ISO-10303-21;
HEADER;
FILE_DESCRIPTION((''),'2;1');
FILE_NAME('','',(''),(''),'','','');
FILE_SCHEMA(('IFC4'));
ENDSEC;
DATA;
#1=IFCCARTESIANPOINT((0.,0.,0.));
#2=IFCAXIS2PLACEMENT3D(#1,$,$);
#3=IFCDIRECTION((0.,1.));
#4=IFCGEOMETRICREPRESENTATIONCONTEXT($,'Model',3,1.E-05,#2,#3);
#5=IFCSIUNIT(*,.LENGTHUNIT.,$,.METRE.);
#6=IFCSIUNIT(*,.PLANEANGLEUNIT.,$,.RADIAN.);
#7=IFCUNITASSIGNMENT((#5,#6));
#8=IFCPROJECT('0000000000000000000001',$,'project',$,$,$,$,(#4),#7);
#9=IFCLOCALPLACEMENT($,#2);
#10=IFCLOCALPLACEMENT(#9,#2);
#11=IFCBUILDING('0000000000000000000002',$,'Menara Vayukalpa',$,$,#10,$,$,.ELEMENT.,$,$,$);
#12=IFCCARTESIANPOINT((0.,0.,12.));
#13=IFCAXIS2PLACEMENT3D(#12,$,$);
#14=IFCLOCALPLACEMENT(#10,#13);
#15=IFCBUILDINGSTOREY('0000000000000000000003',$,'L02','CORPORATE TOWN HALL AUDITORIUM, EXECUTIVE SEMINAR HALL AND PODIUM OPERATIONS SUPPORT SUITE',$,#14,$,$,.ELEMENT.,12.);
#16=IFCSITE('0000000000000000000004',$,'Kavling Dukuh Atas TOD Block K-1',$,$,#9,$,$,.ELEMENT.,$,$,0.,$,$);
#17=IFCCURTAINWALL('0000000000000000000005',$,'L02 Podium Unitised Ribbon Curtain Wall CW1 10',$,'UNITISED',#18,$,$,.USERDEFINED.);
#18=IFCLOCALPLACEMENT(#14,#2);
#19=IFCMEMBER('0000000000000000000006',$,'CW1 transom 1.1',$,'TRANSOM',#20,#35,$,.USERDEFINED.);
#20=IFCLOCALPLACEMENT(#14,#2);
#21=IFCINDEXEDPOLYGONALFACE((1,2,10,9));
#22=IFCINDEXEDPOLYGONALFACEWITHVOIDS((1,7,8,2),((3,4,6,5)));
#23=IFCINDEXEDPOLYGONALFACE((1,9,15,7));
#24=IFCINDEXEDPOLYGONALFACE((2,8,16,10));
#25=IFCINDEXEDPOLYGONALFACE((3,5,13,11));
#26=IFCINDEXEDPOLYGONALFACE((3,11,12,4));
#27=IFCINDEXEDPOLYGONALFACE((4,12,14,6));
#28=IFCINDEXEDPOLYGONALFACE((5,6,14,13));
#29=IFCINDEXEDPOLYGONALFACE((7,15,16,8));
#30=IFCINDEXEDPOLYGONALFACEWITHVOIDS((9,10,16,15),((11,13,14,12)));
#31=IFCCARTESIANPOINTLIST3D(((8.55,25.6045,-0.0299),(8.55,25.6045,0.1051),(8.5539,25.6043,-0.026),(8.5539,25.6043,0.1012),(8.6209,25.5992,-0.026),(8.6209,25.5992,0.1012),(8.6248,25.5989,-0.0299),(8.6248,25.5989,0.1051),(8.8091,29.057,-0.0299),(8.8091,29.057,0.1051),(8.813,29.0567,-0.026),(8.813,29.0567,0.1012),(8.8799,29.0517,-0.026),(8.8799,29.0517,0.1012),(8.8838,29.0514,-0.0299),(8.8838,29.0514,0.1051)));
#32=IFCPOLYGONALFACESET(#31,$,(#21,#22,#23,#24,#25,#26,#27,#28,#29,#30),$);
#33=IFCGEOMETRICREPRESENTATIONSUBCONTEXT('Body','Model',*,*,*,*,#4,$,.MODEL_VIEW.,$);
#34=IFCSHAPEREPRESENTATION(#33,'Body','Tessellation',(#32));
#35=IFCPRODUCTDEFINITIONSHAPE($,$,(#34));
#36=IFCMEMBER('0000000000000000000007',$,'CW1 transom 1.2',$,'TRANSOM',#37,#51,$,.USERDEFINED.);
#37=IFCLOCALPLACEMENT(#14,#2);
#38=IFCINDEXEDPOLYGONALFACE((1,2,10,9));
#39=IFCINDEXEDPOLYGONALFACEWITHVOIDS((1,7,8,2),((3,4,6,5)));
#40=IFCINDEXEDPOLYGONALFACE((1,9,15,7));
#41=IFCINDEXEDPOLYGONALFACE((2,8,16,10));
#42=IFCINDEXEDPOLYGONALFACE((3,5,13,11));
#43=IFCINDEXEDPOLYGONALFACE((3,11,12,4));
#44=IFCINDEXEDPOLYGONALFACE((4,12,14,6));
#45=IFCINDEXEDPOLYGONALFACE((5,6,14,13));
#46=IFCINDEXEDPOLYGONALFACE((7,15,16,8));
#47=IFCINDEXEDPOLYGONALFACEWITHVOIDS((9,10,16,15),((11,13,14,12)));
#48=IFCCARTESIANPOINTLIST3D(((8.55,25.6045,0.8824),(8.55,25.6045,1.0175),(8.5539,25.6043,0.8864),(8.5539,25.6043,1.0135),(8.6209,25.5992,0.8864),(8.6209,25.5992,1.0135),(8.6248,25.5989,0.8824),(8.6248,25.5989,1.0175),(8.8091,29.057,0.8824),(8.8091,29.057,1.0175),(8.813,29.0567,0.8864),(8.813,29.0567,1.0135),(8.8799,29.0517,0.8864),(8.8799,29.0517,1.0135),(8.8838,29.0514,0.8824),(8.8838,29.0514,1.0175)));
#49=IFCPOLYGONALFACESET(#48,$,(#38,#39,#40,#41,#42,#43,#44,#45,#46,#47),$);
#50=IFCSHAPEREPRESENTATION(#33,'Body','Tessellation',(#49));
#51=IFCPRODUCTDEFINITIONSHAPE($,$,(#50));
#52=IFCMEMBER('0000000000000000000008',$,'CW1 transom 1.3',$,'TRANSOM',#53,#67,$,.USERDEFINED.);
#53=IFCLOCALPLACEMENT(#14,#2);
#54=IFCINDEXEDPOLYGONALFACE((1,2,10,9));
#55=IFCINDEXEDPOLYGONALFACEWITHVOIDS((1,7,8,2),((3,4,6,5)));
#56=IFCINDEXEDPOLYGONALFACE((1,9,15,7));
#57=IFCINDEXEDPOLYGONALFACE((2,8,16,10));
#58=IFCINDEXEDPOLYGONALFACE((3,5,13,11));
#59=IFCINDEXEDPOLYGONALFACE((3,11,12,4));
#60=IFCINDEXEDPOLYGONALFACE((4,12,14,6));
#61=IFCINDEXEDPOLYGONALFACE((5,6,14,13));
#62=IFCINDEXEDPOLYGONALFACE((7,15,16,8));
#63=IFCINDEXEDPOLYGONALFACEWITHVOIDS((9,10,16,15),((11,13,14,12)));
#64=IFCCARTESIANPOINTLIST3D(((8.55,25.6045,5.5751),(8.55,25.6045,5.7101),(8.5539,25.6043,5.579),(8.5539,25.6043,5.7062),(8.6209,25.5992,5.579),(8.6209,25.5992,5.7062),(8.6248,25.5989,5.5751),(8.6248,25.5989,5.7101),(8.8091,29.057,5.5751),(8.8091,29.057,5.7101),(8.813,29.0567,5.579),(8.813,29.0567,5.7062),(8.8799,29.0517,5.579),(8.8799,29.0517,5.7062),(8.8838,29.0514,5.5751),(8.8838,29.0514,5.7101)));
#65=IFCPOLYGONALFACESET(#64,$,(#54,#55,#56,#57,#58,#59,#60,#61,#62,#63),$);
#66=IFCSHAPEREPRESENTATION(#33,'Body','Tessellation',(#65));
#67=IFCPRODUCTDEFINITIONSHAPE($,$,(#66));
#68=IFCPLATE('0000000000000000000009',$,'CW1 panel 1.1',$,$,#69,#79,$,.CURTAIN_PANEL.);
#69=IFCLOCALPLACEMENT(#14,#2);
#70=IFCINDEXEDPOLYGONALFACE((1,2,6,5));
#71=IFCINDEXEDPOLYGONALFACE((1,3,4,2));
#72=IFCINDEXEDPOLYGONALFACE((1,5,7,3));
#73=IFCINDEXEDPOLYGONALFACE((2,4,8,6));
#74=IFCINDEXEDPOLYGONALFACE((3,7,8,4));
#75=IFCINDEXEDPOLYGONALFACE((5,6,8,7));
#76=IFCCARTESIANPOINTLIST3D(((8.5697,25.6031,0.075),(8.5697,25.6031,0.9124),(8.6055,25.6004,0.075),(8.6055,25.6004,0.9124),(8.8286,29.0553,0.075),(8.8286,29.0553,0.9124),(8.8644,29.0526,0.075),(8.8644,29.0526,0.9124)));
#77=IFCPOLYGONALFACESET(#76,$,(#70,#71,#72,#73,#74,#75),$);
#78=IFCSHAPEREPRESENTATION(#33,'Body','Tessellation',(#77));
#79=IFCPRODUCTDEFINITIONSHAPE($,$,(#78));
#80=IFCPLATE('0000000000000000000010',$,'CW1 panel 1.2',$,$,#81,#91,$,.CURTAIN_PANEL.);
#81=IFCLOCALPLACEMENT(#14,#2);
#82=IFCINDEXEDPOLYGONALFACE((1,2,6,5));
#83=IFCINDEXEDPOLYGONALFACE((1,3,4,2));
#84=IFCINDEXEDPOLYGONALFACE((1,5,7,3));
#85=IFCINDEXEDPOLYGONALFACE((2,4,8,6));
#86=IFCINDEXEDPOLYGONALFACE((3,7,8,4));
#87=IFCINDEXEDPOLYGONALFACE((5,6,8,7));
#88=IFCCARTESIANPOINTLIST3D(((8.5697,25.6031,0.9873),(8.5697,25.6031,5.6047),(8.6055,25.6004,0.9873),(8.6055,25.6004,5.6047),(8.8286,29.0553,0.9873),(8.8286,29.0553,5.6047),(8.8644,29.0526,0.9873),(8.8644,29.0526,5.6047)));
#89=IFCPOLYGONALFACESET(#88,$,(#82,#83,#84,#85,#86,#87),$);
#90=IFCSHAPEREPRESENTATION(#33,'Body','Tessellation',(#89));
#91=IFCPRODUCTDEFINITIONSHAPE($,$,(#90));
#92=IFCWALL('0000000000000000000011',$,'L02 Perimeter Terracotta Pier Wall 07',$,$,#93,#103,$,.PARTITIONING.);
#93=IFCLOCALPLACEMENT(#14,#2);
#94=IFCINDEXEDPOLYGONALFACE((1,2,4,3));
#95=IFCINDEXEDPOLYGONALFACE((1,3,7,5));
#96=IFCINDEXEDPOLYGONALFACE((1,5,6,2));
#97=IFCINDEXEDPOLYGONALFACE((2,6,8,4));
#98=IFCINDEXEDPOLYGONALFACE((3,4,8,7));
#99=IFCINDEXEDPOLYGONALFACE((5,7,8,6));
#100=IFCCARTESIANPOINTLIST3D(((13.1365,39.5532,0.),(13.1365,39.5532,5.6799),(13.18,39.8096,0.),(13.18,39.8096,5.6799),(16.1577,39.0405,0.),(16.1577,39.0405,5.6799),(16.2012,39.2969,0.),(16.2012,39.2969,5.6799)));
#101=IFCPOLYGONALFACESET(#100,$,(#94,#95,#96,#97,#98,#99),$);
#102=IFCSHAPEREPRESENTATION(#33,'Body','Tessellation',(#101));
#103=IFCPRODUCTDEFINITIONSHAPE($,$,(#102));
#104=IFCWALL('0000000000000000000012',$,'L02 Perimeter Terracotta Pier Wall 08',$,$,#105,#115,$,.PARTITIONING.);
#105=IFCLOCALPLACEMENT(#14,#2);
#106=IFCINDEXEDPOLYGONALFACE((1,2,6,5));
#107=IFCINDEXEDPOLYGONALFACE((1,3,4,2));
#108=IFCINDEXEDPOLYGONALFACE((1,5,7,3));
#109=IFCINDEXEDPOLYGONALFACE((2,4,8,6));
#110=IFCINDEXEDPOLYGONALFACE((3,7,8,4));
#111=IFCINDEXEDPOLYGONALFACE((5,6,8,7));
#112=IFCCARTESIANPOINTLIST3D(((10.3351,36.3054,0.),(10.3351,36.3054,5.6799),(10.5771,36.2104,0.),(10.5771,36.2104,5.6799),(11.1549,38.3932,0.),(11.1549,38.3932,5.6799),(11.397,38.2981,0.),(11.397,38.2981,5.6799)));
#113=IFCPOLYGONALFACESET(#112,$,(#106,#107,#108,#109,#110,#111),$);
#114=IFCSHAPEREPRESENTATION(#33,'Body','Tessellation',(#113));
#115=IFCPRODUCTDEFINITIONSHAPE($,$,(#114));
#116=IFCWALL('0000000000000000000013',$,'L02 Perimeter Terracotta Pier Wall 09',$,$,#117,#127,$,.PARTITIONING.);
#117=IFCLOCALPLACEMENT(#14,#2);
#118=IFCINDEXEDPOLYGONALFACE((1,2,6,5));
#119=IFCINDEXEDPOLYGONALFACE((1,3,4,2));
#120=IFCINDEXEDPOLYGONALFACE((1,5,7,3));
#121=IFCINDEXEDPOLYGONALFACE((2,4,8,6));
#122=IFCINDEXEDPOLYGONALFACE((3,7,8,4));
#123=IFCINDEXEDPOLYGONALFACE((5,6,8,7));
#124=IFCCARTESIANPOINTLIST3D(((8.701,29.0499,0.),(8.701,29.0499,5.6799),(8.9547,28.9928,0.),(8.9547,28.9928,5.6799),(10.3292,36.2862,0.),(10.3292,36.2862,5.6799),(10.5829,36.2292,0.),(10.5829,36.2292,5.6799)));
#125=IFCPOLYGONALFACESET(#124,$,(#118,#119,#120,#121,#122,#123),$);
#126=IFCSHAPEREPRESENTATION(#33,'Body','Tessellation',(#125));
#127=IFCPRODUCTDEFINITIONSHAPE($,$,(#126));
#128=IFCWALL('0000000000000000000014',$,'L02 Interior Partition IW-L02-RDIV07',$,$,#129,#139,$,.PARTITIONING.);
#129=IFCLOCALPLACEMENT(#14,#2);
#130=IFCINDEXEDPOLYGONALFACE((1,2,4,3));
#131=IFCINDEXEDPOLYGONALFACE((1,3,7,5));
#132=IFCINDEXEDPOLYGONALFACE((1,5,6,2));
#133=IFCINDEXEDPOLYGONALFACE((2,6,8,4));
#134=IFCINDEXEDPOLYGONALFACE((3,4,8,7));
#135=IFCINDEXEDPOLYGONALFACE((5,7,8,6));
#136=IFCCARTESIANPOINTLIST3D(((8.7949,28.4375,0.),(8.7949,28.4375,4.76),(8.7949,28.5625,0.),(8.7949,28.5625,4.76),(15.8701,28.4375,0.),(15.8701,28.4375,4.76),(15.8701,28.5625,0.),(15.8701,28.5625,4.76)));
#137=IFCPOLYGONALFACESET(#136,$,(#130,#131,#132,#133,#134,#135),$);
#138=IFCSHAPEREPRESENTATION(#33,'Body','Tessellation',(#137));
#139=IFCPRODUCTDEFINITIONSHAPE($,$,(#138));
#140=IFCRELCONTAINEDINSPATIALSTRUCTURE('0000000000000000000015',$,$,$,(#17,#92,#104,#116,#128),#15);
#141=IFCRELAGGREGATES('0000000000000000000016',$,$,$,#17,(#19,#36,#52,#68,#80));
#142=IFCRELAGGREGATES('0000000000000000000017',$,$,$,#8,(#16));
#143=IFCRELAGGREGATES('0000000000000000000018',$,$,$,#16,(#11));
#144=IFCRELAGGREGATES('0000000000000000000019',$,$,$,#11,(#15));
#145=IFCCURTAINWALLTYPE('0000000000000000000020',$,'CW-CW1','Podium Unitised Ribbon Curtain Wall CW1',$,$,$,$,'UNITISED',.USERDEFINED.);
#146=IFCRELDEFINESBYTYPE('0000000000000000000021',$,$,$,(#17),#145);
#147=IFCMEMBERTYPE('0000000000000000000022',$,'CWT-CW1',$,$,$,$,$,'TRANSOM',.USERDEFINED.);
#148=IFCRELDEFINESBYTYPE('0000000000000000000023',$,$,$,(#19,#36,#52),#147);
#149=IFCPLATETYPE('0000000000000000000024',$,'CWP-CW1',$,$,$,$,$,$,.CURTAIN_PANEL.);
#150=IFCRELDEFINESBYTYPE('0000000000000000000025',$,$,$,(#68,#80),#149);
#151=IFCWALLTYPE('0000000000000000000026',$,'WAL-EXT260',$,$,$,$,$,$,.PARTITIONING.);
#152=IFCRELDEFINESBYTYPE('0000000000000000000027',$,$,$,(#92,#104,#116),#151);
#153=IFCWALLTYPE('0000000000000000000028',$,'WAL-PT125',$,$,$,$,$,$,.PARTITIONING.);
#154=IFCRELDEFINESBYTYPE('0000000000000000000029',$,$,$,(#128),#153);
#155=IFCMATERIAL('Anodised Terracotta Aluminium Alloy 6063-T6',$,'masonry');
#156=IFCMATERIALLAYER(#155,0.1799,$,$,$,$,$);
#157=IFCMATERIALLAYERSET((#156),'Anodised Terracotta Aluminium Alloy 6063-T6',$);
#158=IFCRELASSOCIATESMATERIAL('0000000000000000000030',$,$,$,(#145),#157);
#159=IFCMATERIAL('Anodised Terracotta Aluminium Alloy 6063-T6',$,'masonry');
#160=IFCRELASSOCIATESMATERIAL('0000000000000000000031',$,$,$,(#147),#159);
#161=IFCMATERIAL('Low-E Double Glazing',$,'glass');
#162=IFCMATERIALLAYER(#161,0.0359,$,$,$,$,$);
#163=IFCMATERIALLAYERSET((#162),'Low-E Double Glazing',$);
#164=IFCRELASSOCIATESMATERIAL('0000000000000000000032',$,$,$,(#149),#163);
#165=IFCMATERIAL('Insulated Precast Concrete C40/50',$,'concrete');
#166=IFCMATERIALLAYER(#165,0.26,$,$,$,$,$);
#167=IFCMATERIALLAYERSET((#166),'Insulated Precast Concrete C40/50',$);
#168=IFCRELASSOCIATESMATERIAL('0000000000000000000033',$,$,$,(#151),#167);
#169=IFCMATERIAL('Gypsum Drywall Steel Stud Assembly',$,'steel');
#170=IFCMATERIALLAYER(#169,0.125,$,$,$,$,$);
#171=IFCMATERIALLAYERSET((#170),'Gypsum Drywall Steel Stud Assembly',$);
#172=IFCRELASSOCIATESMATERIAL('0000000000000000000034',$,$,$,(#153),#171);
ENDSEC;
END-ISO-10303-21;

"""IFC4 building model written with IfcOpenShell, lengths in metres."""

from ifc_helpers import new_model, si_unit, direction, frame, frame_2d, origin, origin_2d, place, context, subcontext, project, spatial, rectangle, hollow_rectangle, extrude, material, layer, layer_set, material_profile, profile_set, type_object, element, aggregate, save


model = new_model("IFC4")

# Units and contexts
model_context = context("Model", 3, precision=1e-05, world=origin(), true_north=direction((0.0, 1.0)))
body_context = subcontext(model_context, "Body", "Model", "MODEL_VIEW")
ifc_project = project(units=[si_unit("LENGTHUNIT", "METRE"), si_unit("PLANEANGLEUNIT", "RADIAN")], contexts=[model_context])

# Site, building, storey
site_placement = place(None, origin())
site = spatial("IfcSite", under=ifc_project, at=site_placement, Name="Kavling Dukuh Atas TOD Block K-1", CompositionType="ELEMENT", RefElevation=0.0)
building_placement = place(site_placement, origin())
building = spatial("IfcBuilding", under=site, at=building_placement, Name="Menara Vayukalpa", CompositionType="ELEMENT")
storey_placement = place(building_placement, frame((0.0, 0.0, 12.0)))
storey = spatial("IfcBuildingStorey", under=building, at=storey_placement, Name="L02", Description="CORPORATE TOWN HALL AUDITORIUM, EXECUTIVE SEMINAR HALL AND PODIUM OPERATIONS SUPPORT SUITE", CompositionType="ELEMENT", Elevation=12.0)

# Curtain wall, members, plates
ifc_material_1 = material(Name="Anodised Terracotta Aluminium Alloy 6063-T6", Category="masonry")
ifc_layer_1 = layer(ifc_material_1, 0.1799)
ifc_layer_set_1 = layer_set([ifc_layer_1], Name="Anodised Terracotta Aluminium Alloy 6063-T6")
curtain_wall_type = type_object("IfcCurtainWallType", Name="CW-CW1", Description="Podium Unitised Ribbon Curtain Wall CW1", ElementType="UNITISED", PredefinedType="USERDEFINED", material=ifc_layer_set_1)
curtain_wall_placement = place(storey_placement, origin())
curtain_wall = element("IfcCurtainWall", 1, at=curtain_wall_placement, inside=storey, type_object=curtain_wall_type, Name="L02 Podium Unitised Ribbon Curtain Wall CW1 10", ObjectType="UNITISED", PredefinedType="USERDEFINED")
ifc_material_2 = material(Name="Anodised Terracotta Aluminium Alloy 6063-T6", Category="masonry")
ifc_material_profile_1 = material_profile(ifc_material_2, hollow_rectangle(XDim=0.075, YDim=0.135, WallThickness=0.0039, at=origin_2d()), Name="ALU 75x135x4")
ifc_profile_set_1 = profile_set([ifc_material_profile_1], Name="Anodised Terracotta Aluminium Alloy 6063-T6")
member_type_1 = type_object("IfcMemberType", Name="CWT-CW1", ElementType="TRANSOM", PredefinedType="USERDEFINED", material=ifc_profile_set_1)
member_1_placement = place(storey_placement, frame((8.8464, 29.0542, 0.0376), z_axis=(-0.07482, -0.997197, 0.0), x_axis=(0.997197, -0.07482, 0.0)))
member_1 = element("IfcMember", 2, at=member_1_placement, type_object=member_type_1, Name="CW1 transom 1.1", ObjectType="TRANSOM", PredefinedType="USERDEFINED", context=body_context, shape_type="SweptSolid", body=[
    extrude(hollow_rectangle(XDim=0.075, YDim=0.135, WallThickness=0.0039, at=origin_2d()), origin(), (0.0, 0.0, 1.0), 3.4622),
])
member_2_placement = place(storey_placement, frame((8.8464, 29.0542, 0.95), z_axis=(-0.07482, -0.997197, 0.0), x_axis=(0.997197, -0.07482, 0.0)))
member_2 = element("IfcMember", 3, at=member_2_placement, type_object=member_type_1, Name="CW1 transom 1.2", ObjectType="TRANSOM", PredefinedType="USERDEFINED", context=body_context, shape_type="SweptSolid", body=[
    extrude(hollow_rectangle(XDim=0.075, YDim=0.135, WallThickness=0.0039, at=origin_2d()), origin(), (0.0, 0.0, 1.0), 3.4622),
])
member_3_placement = place(storey_placement, frame((8.8464, 29.0542, 5.6426), z_axis=(-0.07482, -0.997197, 0.0), x_axis=(0.997197, -0.07482, 0.0)))
member_3 = element("IfcMember", 4, at=member_3_placement, type_object=member_type_1, Name="CW1 transom 1.3", ObjectType="TRANSOM", PredefinedType="USERDEFINED", context=body_context, shape_type="SweptSolid", body=[
    extrude(hollow_rectangle(XDim=0.075, YDim=0.135, WallThickness=0.0039, at=origin_2d()), origin(), (0.0, 0.0, 1.0), 3.4622),
])
ifc_material_3 = material(Name="Low-E Double Glazing", Category="glass")
ifc_layer_2 = layer(ifc_material_3, 0.0359)
ifc_layer_set_2 = layer_set([ifc_layer_2], Name="Low-E Double Glazing")
plate_type = type_object("IfcPlateType", Name="CWP-CW1", PredefinedType="CURTAIN_PANEL", material=ifc_layer_set_2)
plate_1_placement = place(storey_placement, frame((8.717, 27.3279, 0.075), z_axis=(0.0, 0.0, 1.0), x_axis=(-0.074794, -0.997199, 0.0)))
plate_1 = element("IfcPlate", 5, at=plate_1_placement, type_object=plate_type, Name="CW1 panel 1.1", PredefinedType="CURTAIN_PANEL", context=body_context, shape_type="SweptSolid", body=[
    extrude(rectangle(XDim=3.4619, YDim=0.0359, at=origin_2d()), origin(), (0.0, 0.0, 1.0), 0.8374),
])
plate_2_placement = place(storey_placement, frame((8.717, 27.3279, 0.9873), z_axis=(0.0, 0.0, 1.0), x_axis=(-0.074794, -0.997199, 0.0)))
plate_2 = element("IfcPlate", 6, at=plate_2_placement, type_object=plate_type, Name="CW1 panel 1.2", PredefinedType="CURTAIN_PANEL", context=body_context, shape_type="SweptSolid", body=[
    extrude(rectangle(XDim=3.4619, YDim=0.0359, at=origin_2d()), origin(), (0.0, 0.0, 1.0), 4.6174),
])
aggregate(curtain_wall, [member_1, member_2, member_3, plate_1, plate_2])

# Walls
ifc_material_4 = material(Name="Insulated Precast Concrete C40/50", Category="concrete")
ifc_layer_3 = layer(ifc_material_4, 0.26)
ifc_layer_set_3 = layer_set([ifc_layer_3], Name="Insulated Precast Concrete C40/50")
wall_type_1 = type_object("IfcWallType", Name="WAL-EXT260", PredefinedType="PARTITIONING", material=ifc_layer_set_3)
wall_1_placement = place(storey_placement, frame((13.1582, 39.6814, 0.0), z_axis=(0.0, 0.0, 1.0), x_axis=(0.985905, -0.167305, 0.0)))
element("IfcWall", 7, at=wall_1_placement, inside=storey, type_object=wall_type_1, Name="L02 Perimeter Terracotta Pier Wall 07", PredefinedType="PARTITIONING", context=body_context, shape_type="SweptSolid", body=[
    extrude(rectangle(XDim=3.0645, YDim=0.26, at=frame_2d((1.5322, 0.0))), origin(), (0.0, 0.0, 1.0), 5.6799),
])
wall_2_placement = place(storey_placement, frame((10.4561, 36.2578, 0.0), z_axis=(0.0, 0.0, 1.0), x_axis=(0.365528, 0.9308, 0.0)))
element("IfcWall", 8, at=wall_2_placement, inside=storey, type_object=wall_type_1, Name="L02 Perimeter Terracotta Pier Wall 08", PredefinedType="PARTITIONING", context=body_context, shape_type="SweptSolid", body=[
    extrude(rectangle(XDim=2.2429, YDim=0.26, at=frame_2d((1.1216, 0.0))), origin(), (0.0, 0.0, 1.0), 5.6799),
])
wall_3_placement = place(storey_placement, frame((8.8279, 29.0215, 0.0), z_axis=(0.0, 0.0, 1.0), x_axis=(0.219512, 0.97561, 0.0)))
element("IfcWall", 9, at=wall_3_placement, inside=storey, type_object=wall_type_1, Name="L02 Perimeter Terracotta Pier Wall 09", PredefinedType="PARTITIONING", context=body_context, shape_type="SweptSolid", body=[
    extrude(rectangle(XDim=7.4172, YDim=0.26, at=frame_2d((3.7085, 0.0))), origin(), (0.0, 0.0, 1.0), 5.6799),
])
ifc_material_5 = material(Name="Gypsum Drywall Steel Stud Assembly", Category="steel")
ifc_layer_4 = layer(ifc_material_5, 0.125)
ifc_layer_set_4 = layer_set([ifc_layer_4], Name="Gypsum Drywall Steel Stud Assembly")
wall_type_2 = type_object("IfcWallType", Name="WAL-PT125", PredefinedType="PARTITIONING", material=ifc_layer_set_4)
wall_4_placement = place(storey_placement, frame((8.7949, 28.5, 0.0), z_axis=(0.0, 0.0, 1.0), x_axis=(1.0, 0.0, 0.0)))
element("IfcWall", 10, at=wall_4_placement, inside=storey, type_object=wall_type_2, Name="L02 Interior Partition IW-L02-RDIV07", PredefinedType="PARTITIONING", context=body_context, shape_type="SweptSolid", body=[
    extrude(rectangle(XDim=7.0752, YDim=0.125, at=frame_2d((3.5376, 0.0))), origin(), (0.0, 0.0, 1.0), 4.76),
])

save(model, "model.ifc")
